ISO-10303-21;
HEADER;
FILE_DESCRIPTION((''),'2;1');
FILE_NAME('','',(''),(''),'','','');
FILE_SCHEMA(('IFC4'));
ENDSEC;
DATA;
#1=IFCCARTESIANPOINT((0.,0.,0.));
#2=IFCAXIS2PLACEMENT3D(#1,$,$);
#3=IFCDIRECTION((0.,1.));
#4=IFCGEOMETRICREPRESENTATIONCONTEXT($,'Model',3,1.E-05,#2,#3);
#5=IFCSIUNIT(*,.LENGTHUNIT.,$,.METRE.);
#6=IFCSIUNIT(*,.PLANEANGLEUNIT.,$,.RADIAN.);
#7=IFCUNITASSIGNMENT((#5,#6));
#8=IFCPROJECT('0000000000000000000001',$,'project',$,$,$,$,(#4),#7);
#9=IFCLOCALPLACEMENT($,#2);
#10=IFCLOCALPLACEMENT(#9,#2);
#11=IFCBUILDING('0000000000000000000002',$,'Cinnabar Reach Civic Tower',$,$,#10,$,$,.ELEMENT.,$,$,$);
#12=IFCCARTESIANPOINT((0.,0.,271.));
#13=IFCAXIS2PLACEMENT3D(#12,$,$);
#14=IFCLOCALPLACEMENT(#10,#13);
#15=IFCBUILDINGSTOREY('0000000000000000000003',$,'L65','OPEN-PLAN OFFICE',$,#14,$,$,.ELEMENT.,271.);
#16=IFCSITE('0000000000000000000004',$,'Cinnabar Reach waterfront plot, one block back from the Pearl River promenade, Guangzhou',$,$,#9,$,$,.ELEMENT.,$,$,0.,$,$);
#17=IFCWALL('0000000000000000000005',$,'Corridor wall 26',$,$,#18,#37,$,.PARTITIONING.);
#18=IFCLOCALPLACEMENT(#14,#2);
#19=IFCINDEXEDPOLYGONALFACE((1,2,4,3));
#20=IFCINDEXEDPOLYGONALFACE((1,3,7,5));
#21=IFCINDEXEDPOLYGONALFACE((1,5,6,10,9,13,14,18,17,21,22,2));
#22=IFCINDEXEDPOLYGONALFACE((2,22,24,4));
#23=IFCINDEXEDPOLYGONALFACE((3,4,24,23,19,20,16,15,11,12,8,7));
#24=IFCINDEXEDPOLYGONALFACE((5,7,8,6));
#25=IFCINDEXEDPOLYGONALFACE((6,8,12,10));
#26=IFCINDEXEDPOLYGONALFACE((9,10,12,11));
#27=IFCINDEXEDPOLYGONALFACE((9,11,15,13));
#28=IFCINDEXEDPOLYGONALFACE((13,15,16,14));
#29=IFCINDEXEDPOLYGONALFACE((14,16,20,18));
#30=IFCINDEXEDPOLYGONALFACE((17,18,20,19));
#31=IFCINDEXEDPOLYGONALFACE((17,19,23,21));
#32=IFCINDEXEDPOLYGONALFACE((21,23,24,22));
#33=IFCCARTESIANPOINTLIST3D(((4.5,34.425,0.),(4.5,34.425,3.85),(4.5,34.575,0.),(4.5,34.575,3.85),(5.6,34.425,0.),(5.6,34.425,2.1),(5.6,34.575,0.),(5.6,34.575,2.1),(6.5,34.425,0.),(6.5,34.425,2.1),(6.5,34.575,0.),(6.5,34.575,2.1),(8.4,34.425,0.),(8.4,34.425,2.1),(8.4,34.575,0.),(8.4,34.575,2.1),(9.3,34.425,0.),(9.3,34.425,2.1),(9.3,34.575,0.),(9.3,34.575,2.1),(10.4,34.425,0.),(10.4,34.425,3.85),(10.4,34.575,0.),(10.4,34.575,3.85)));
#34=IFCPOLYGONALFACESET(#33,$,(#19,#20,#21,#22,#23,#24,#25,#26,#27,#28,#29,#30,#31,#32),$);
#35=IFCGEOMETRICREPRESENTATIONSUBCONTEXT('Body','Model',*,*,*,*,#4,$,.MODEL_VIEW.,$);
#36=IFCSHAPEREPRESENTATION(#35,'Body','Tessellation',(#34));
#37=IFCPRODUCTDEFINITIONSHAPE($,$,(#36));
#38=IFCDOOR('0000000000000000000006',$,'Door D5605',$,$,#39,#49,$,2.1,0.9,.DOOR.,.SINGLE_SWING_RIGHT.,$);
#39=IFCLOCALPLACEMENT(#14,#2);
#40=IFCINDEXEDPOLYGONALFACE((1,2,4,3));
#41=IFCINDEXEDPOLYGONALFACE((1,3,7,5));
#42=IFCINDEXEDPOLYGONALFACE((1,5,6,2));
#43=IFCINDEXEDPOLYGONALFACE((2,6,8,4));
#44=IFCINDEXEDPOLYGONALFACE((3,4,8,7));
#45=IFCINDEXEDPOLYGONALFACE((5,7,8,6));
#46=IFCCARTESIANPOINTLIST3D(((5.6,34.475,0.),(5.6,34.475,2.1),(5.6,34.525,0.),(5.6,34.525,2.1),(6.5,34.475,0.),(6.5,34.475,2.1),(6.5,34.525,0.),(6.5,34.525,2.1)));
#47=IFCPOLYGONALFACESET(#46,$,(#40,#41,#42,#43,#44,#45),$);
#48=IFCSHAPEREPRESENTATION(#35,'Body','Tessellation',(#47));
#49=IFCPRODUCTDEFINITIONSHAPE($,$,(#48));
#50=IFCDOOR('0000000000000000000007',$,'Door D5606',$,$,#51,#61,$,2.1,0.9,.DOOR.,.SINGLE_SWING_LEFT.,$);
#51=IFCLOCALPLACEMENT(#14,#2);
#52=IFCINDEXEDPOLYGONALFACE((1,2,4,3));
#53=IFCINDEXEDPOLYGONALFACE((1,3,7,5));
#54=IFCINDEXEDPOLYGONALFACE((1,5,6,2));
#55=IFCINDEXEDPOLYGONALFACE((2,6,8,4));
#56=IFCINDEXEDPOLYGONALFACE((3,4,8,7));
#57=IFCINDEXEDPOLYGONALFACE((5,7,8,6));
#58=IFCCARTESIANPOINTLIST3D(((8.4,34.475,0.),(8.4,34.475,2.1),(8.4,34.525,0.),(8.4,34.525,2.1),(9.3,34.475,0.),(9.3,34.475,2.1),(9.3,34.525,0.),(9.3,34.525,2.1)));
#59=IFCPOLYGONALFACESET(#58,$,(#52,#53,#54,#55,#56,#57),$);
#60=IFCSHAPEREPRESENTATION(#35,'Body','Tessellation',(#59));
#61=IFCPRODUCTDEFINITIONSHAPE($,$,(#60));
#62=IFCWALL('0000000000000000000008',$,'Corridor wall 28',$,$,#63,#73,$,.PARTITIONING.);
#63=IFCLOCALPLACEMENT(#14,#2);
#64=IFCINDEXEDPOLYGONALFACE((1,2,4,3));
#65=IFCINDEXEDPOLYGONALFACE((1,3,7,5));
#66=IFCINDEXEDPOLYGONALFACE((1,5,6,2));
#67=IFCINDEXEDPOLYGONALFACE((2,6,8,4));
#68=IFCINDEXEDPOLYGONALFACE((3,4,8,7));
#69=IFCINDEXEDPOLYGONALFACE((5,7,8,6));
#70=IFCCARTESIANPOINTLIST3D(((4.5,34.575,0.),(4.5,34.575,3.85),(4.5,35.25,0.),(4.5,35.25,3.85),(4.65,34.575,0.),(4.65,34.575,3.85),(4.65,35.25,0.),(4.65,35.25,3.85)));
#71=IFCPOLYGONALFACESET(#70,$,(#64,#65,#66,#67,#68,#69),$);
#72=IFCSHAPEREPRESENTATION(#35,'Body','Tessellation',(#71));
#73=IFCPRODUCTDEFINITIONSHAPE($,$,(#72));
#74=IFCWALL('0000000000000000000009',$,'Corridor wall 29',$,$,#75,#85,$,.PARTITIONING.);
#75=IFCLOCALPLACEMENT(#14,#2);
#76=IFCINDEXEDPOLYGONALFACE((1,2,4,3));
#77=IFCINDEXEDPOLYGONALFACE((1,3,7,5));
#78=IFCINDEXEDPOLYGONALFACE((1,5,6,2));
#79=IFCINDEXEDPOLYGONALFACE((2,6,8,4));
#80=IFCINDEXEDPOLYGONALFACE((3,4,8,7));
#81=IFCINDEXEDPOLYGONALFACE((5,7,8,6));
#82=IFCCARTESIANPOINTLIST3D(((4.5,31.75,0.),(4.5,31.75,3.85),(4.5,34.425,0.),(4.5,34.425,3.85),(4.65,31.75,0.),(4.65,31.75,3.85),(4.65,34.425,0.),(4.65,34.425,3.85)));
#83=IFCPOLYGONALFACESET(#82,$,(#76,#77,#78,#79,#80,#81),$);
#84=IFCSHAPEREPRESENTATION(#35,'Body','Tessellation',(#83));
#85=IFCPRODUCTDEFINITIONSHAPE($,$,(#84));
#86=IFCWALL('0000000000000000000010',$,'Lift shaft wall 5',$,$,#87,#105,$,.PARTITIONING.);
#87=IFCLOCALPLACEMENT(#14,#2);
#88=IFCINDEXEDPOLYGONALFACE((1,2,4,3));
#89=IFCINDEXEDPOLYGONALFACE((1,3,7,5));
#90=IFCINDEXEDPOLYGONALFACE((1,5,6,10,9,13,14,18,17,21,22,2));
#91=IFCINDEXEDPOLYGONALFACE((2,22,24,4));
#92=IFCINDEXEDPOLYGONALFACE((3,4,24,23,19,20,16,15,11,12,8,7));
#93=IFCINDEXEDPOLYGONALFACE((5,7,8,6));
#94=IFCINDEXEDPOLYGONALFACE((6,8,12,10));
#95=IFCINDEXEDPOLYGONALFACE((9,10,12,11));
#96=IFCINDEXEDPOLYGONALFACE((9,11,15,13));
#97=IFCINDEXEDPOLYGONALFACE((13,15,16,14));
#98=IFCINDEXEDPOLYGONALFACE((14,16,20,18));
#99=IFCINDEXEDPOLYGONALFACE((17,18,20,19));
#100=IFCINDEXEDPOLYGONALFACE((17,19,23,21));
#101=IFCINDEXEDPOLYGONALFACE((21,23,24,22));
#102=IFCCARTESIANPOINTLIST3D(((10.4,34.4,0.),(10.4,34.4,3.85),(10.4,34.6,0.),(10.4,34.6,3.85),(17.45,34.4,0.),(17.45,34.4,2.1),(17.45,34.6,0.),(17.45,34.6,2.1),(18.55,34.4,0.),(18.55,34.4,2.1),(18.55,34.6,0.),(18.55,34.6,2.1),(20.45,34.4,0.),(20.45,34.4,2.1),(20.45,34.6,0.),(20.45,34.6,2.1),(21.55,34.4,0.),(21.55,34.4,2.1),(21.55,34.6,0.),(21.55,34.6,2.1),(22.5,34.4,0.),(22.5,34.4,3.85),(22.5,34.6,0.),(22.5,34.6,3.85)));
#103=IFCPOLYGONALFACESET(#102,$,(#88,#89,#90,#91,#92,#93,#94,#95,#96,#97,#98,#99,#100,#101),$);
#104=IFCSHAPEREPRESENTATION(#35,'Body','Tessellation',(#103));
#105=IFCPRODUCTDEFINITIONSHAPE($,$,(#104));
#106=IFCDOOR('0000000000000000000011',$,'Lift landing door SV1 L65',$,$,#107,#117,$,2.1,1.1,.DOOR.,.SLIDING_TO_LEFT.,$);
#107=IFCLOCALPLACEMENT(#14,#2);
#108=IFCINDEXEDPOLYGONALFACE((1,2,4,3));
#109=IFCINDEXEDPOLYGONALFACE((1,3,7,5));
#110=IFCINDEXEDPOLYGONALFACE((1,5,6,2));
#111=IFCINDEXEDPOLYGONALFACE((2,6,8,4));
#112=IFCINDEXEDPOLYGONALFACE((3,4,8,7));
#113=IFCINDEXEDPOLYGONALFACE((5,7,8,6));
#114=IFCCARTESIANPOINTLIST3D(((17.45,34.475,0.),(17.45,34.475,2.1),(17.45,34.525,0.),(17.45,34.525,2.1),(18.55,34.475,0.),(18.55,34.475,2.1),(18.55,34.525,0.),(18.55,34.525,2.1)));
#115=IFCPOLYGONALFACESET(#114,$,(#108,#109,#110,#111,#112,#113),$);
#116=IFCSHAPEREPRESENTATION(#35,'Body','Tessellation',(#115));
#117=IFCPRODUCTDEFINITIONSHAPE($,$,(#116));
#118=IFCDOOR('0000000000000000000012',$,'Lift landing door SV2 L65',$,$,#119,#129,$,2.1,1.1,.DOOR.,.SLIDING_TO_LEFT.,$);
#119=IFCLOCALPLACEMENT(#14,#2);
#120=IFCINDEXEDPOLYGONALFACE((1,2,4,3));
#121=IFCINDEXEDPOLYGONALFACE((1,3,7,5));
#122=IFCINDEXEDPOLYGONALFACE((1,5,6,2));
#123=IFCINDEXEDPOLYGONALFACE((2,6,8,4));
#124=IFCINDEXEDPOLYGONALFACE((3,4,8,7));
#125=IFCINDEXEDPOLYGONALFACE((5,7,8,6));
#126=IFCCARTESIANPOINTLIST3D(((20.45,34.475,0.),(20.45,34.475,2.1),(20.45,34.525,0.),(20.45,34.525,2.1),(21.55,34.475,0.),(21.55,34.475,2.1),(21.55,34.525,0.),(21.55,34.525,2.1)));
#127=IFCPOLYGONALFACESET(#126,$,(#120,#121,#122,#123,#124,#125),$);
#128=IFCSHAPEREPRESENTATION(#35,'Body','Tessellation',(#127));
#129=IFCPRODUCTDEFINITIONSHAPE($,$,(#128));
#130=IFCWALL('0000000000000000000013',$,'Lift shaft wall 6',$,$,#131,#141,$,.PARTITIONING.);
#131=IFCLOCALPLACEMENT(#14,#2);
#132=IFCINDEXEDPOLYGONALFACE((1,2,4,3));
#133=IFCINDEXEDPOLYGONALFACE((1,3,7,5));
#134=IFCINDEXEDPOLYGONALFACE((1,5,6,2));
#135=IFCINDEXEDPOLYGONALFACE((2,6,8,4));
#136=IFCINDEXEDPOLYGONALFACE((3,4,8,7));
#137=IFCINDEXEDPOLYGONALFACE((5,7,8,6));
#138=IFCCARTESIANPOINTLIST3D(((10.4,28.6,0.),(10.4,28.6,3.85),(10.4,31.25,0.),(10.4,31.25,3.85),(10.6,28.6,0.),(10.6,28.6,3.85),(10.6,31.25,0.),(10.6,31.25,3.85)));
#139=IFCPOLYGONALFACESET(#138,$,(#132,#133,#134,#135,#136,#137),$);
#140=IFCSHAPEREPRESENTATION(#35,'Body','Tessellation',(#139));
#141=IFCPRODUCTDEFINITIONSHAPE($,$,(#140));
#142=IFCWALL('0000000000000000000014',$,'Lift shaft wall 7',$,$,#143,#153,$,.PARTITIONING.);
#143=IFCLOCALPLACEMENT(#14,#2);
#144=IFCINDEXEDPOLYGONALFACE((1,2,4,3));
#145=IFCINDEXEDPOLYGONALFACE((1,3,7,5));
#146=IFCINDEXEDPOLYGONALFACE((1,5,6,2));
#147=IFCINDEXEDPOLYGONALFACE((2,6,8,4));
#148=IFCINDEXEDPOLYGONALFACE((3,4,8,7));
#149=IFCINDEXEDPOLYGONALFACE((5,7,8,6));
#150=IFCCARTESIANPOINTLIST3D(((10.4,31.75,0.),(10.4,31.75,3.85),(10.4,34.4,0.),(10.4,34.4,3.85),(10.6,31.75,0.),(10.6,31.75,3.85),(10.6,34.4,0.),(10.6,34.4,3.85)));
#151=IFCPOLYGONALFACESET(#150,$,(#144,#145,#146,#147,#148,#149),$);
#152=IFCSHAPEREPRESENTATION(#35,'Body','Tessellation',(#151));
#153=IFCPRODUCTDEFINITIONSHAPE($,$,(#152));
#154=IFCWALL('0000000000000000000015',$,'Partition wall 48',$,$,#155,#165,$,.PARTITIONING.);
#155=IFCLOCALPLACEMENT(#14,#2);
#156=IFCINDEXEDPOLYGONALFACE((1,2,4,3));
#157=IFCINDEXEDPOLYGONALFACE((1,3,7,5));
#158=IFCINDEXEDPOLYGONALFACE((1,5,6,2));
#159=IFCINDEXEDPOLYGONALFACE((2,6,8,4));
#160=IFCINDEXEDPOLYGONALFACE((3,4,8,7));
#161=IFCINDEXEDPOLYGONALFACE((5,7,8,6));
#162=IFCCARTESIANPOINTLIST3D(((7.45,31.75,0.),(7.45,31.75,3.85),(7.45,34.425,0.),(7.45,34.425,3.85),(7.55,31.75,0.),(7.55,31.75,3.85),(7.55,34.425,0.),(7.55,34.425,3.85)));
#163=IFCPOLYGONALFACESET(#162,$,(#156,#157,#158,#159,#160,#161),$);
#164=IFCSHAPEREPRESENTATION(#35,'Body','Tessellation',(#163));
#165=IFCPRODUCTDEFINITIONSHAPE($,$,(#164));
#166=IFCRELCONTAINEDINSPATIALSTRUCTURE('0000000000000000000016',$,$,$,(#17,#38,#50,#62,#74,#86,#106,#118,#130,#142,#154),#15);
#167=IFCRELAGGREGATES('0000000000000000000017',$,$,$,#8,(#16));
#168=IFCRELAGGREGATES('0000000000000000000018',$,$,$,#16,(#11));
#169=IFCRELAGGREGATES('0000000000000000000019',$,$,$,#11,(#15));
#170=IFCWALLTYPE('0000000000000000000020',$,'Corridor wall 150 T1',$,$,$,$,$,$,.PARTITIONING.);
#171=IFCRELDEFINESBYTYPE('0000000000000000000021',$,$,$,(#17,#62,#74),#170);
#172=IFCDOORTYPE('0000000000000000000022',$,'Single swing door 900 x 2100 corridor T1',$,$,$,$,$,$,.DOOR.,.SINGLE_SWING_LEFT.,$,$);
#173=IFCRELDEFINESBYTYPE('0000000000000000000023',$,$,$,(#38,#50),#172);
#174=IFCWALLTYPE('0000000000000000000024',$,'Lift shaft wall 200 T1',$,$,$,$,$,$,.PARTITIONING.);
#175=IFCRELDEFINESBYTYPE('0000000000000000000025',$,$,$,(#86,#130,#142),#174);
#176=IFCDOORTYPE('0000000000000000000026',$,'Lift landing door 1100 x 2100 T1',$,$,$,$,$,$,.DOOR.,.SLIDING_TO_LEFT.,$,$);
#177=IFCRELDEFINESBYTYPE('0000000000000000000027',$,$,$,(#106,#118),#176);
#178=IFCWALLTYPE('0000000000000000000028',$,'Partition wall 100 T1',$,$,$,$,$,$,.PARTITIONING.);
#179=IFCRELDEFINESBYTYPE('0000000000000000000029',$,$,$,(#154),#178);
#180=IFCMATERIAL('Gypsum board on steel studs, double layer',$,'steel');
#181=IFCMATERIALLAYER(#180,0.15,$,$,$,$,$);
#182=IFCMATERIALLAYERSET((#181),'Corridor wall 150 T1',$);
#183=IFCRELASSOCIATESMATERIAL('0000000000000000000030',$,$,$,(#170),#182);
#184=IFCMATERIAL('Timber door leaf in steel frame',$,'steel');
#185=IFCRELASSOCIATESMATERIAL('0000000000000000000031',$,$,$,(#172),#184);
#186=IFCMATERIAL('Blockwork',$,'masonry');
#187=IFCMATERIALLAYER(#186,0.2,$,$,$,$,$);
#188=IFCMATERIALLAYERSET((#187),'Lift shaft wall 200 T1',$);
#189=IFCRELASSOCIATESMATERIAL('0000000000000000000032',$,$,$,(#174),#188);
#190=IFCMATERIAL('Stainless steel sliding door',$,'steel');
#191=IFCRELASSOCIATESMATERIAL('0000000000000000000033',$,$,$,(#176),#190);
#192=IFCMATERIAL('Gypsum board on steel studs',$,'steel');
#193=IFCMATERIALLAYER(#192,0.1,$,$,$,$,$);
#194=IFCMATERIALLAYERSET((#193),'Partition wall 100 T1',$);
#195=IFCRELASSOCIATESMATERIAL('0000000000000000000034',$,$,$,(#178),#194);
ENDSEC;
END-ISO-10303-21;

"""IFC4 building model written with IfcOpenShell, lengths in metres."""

from ifc_helpers import new_model, si_unit, direction, frame, frame_2d, origin, place, context, subcontext, project, spatial, rectangle, extrude, material, layer, layer_set, type_object, element, fill, save


model = new_model("IFC4")

# Units and contexts
model_context = context("Model", 3, precision=1e-05, world=origin(), true_north=direction((0.0, 1.0)))
body_context = subcontext(model_context, "Body", "Model", "MODEL_VIEW")
ifc_project = project(units=[si_unit("LENGTHUNIT", "METRE"), si_unit("PLANEANGLEUNIT", "RADIAN")], contexts=[model_context])

# Site, building, storey
site_placement = place(None, origin())
site = spatial("IfcSite", under=ifc_project, at=site_placement, Name="Cinnabar Reach waterfront plot, one block back from the Pearl River promenade, Guangzhou", CompositionType="ELEMENT", RefElevation=0.0)
building_placement = place(site_placement, origin())
building = spatial("IfcBuilding", under=site, at=building_placement, Name="Cinnabar Reach Civic Tower", CompositionType="ELEMENT")
storey_placement = place(building_placement, frame((0.0, 0.0, 271.0)))
storey = spatial("IfcBuildingStorey", under=building, at=storey_placement, Name="L65", Description="OPEN-PLAN OFFICE", CompositionType="ELEMENT", Elevation=271.0)

# Shared definitions
ifc_material_1 = material(Name="Timber door leaf in steel frame", Category="steel")

# Wall, openings, doors
ifc_material_2 = material(Name="Gypsum board on steel studs, double layer", Category="steel")
ifc_layer_1 = layer(ifc_material_2, 0.15)
ifc_layer_set_1 = layer_set([ifc_layer_1], Name="Corridor wall 150 T1")
wall_type_1 = type_object("IfcWallType", Name="Corridor wall 150 T1", PredefinedType="PARTITIONING", material=ifc_layer_set_1)
wall_1_placement = place(storey_placement, frame((4.5, 34.5, 0.0), z_axis=(0.0, 0.0, 1.0), x_axis=(1.0, 0.0, 0.0)))
wall_1 = element("IfcWall", 1, at=wall_1_placement, inside=storey, type_object=wall_type_1, Name="Corridor wall 26", PredefinedType="PARTITIONING", context=body_context, shape_type="SweptSolid", body=[
    extrude(rectangle(XDim=5.9, YDim=0.15, at=frame_2d((2.95, 0.0))), origin(), (0.0, 0.0, 1.0), 3.85),
])
opening_1_placement = place(wall_1_placement, frame((1.1, 0.0, 0.0)))
opening_1 = element("IfcOpeningElement", 2, at=opening_1_placement, cuts=wall_1, PredefinedType="OPENING", context=body_context, shape_type="SweptSolid", body=[
    extrude(rectangle(XDim=0.9, YDim=2.1, at=frame_2d((0.45, 1.05))), frame((0.0, 0.085, 0.0), z_axis=(0.0, -1.0, 0.0), x_axis=(1.0, 0.0, 0.0)), (0.0, 0.0, 1.0), 0.17),
])
opening_2_placement = place(wall_1_placement, frame((3.9, 0.0, 0.0)))
opening_2 = element("IfcOpeningElement", 3, at=opening_2_placement, cuts=wall_1, PredefinedType="OPENING", context=body_context, shape_type="SweptSolid", body=[
    extrude(rectangle(XDim=0.9, YDim=2.1, at=frame_2d((0.45, 1.05))), frame((0.0, 0.085, 0.0), z_axis=(0.0, -1.0, 0.0), x_axis=(1.0, 0.0, 0.0)), (0.0, 0.0, 1.0), 0.17),
])
door_type_1 = type_object("IfcDoorType", Name="Single swing door 900 x 2100 corridor T1", OperationType="SINGLE_SWING_LEFT", PredefinedType="DOOR", material=ifc_material_1)
door_1_placement = place(opening_1_placement, frame((0.9, 0.0, 0.0), z_axis=(0.0, 0.0, 1.0), x_axis=(-1.0, 0.0, 0.0)))
door_1 = element("IfcDoor", 4, at=door_1_placement, inside=storey, type_object=door_type_1, Name="Door D5605", OperationType="SINGLE_SWING_RIGHT", OverallHeight=2.1, OverallWidth=0.9, PredefinedType="DOOR", context=body_context, shape_type="SweptSolid", body=[
    extrude(rectangle(XDim=0.9, YDim=2.1, at=frame_2d((0.45, 1.05))), frame((0.0, 0.025, 0.0), z_axis=(0.0, -1.0, 0.0), x_axis=(1.0, 0.0, 0.0)), (0.0, 0.0, 1.0), 0.05),
])
fill(opening_1, door_1)
door_2_placement = place(opening_2_placement, frame((0.9, 0.0, 0.0), z_axis=(0.0, 0.0, 1.0), x_axis=(-1.0, 0.0, 0.0)))
door_2 = element("IfcDoor", 5, at=door_2_placement, inside=storey, type_object=door_type_1, Name="Door D5606", OperationType="SINGLE_SWING_LEFT", OverallHeight=2.1, OverallWidth=0.9, PredefinedType="DOOR", context=body_context, shape_type="SweptSolid", body=[
    extrude(rectangle(XDim=0.9, YDim=2.1, at=frame_2d((0.45, 1.05))), frame((0.0, 0.025, 0.0), z_axis=(0.0, -1.0, 0.0), x_axis=(1.0, 0.0, 0.0)), (0.0, 0.0, 1.0), 0.05),
])
fill(opening_2, door_2)

# Walls
wall_2_placement = place(storey_placement, frame((4.575, 34.575, 0.0), z_axis=(0.0, 0.0, 1.0), x_axis=(0.0, 1.0, 0.0)))
element("IfcWall", 6, at=wall_2_placement, inside=storey, type_object=wall_type_1, Name="Corridor wall 28", PredefinedType="PARTITIONING", context=body_context, shape_type="SweptSolid", body=[
    extrude(rectangle(XDim=0.675, YDim=0.15, at=frame_2d((0.3375, 0.0))), origin(), (0.0, 0.0, 1.0), 3.85),
])
wall_3_placement = place(storey_placement, frame((4.575, 31.75, 0.0), z_axis=(0.0, 0.0, 1.0), x_axis=(0.0, 1.0, 0.0)))
element("IfcWall", 7, at=wall_3_placement, inside=storey, type_object=wall_type_1, Name="Corridor wall 29", PredefinedType="PARTITIONING", context=body_context, shape_type="SweptSolid", body=[
    extrude(rectangle(XDim=2.675, YDim=0.15, at=frame_2d((1.3375, 0.0))), origin(), (0.0, 0.0, 1.0), 3.85),
])

# Wall, openings, doors
ifc_material_3 = material(Name="Blockwork", Category="masonry")
ifc_layer_2 = layer(ifc_material_3, 0.2)
ifc_layer_set_2 = layer_set([ifc_layer_2], Name="Lift shaft wall 200 T1")
wall_type_2 = type_object("IfcWallType", Name="Lift shaft wall 200 T1", PredefinedType="PARTITIONING", material=ifc_layer_set_2)
wall_4_placement = place(storey_placement, frame((10.4, 34.5, 0.0), z_axis=(0.0, 0.0, 1.0), x_axis=(1.0, 0.0, 0.0)))
wall_4 = element("IfcWall", 8, at=wall_4_placement, inside=storey, type_object=wall_type_2, Name="Lift shaft wall 5", PredefinedType="PARTITIONING", context=body_context, shape_type="SweptSolid", body=[
    extrude(rectangle(XDim=12.1, YDim=0.2, at=frame_2d((6.05, 0.0))), origin(), (0.0, 0.0, 1.0), 3.85),
])
opening_3_placement = place(wall_4_placement, frame((7.05, 0.0, 0.0)))
opening_3 = element("IfcOpeningElement", 9, at=opening_3_placement, cuts=wall_4, PredefinedType="OPENING", context=body_context, shape_type="SweptSolid", body=[
    extrude(rectangle(XDim=1.1, YDim=2.1, at=frame_2d((0.55, 1.05))), frame((0.0, 0.11, 0.0), z_axis=(0.0, -1.0, 0.0), x_axis=(1.0, 0.0, 0.0)), (0.0, 0.0, 1.0), 0.22),
])
opening_4_placement = place(wall_4_placement, frame((10.05, 0.0, 0.0)))
opening_4 = element("IfcOpeningElement", 10, at=opening_4_placement, cuts=wall_4, PredefinedType="OPENING", context=body_context, shape_type="SweptSolid", body=[
    extrude(rectangle(XDim=1.1, YDim=2.1, at=frame_2d((0.55, 1.05))), frame((0.0, 0.11, 0.0), z_axis=(0.0, -1.0, 0.0), x_axis=(1.0, 0.0, 0.0)), (0.0, 0.0, 1.0), 0.22),
])
ifc_material_4 = material(Name="Stainless steel sliding door", Category="steel")
door_type_2 = type_object("IfcDoorType", Name="Lift landing door 1100 x 2100 T1", OperationType="SLIDING_TO_LEFT", PredefinedType="DOOR", material=ifc_material_4)
door_3_placement = place(opening_3_placement, origin())
door_3 = element("IfcDoor", 11, at=door_3_placement, inside=storey, type_object=door_type_2, Name="Lift landing door SV1 L65", OperationType="SLIDING_TO_LEFT", OverallHeight=2.1, OverallWidth=1.1, PredefinedType="DOOR", context=body_context, shape_type="SweptSolid", body=[
    extrude(rectangle(XDim=1.1, YDim=2.1, at=frame_2d((0.55, 1.05))), frame((0.0, 0.025, 0.0), z_axis=(0.0, -1.0, 0.0), x_axis=(1.0, 0.0, 0.0)), (0.0, 0.0, 1.0), 0.05),
])
fill(opening_3, door_3)
door_4_placement = place(opening_4_placement, origin())
door_4 = element("IfcDoor", 12, at=door_4_placement, inside=storey, type_object=door_type_2, Name="Lift landing door SV2 L65", OperationType="SLIDING_TO_LEFT", OverallHeight=2.1, OverallWidth=1.1, PredefinedType="DOOR", context=body_context, shape_type="SweptSolid", body=[
    extrude(rectangle(XDim=1.1, YDim=2.1, at=frame_2d((0.55, 1.05))), frame((0.0, 0.025, 0.0), z_axis=(0.0, -1.0, 0.0), x_axis=(1.0, 0.0, 0.0)), (0.0, 0.0, 1.0), 0.05),
])
fill(opening_4, door_4)

# Walls
for number, where, z_axis, x_axis, name in (
    (13, (10.5, 28.6, 0.0), (0.0, 0.0, 1.0), (0.0, 1.0, 0.0), "Lift shaft wall 6"),
    (14, (10.5, 31.75, 0.0), (0.0, 0.0, 1.0), (0.0, 1.0, 0.0), "Lift shaft wall 7"),
):
    element("IfcWall", number, at=place(storey_placement, frame(where, z_axis=z_axis, x_axis=x_axis)), inside=storey, type_object=wall_type_2, Name=name, PredefinedType="PARTITIONING", context=body_context, shape_type="SweptSolid", body=[
        extrude(rectangle(XDim=2.65, YDim=0.2, at=frame_2d((1.325, 0.0))), origin(), (0.0, 0.0, 1.0), 3.85),
    ])
ifc_material_5 = material(Name="Gypsum board on steel studs", Category="steel")
ifc_layer_3 = layer(ifc_material_5, 0.1)
ifc_layer_set_3 = layer_set([ifc_layer_3], Name="Partition wall 100 T1")
wall_type_3 = type_object("IfcWallType", Name="Partition wall 100 T1", PredefinedType="PARTITIONING", material=ifc_layer_set_3)
wall_5_placement = place(storey_placement, frame((7.5, 31.75, 0.0), z_axis=(0.0, 0.0, 1.0), x_axis=(0.0, 1.0, 0.0)))
element("IfcWall", 15, at=wall_5_placement, inside=storey, type_object=wall_type_3, Name="Partition wall 48", PredefinedType="PARTITIONING", context=body_context, shape_type="SweptSolid", body=[
    extrude(rectangle(XDim=2.675, YDim=0.1, at=frame_2d((1.3375, 0.0))), origin(), (0.0, 0.0, 1.0), 3.85),
])

save(model, "model.ifc")
